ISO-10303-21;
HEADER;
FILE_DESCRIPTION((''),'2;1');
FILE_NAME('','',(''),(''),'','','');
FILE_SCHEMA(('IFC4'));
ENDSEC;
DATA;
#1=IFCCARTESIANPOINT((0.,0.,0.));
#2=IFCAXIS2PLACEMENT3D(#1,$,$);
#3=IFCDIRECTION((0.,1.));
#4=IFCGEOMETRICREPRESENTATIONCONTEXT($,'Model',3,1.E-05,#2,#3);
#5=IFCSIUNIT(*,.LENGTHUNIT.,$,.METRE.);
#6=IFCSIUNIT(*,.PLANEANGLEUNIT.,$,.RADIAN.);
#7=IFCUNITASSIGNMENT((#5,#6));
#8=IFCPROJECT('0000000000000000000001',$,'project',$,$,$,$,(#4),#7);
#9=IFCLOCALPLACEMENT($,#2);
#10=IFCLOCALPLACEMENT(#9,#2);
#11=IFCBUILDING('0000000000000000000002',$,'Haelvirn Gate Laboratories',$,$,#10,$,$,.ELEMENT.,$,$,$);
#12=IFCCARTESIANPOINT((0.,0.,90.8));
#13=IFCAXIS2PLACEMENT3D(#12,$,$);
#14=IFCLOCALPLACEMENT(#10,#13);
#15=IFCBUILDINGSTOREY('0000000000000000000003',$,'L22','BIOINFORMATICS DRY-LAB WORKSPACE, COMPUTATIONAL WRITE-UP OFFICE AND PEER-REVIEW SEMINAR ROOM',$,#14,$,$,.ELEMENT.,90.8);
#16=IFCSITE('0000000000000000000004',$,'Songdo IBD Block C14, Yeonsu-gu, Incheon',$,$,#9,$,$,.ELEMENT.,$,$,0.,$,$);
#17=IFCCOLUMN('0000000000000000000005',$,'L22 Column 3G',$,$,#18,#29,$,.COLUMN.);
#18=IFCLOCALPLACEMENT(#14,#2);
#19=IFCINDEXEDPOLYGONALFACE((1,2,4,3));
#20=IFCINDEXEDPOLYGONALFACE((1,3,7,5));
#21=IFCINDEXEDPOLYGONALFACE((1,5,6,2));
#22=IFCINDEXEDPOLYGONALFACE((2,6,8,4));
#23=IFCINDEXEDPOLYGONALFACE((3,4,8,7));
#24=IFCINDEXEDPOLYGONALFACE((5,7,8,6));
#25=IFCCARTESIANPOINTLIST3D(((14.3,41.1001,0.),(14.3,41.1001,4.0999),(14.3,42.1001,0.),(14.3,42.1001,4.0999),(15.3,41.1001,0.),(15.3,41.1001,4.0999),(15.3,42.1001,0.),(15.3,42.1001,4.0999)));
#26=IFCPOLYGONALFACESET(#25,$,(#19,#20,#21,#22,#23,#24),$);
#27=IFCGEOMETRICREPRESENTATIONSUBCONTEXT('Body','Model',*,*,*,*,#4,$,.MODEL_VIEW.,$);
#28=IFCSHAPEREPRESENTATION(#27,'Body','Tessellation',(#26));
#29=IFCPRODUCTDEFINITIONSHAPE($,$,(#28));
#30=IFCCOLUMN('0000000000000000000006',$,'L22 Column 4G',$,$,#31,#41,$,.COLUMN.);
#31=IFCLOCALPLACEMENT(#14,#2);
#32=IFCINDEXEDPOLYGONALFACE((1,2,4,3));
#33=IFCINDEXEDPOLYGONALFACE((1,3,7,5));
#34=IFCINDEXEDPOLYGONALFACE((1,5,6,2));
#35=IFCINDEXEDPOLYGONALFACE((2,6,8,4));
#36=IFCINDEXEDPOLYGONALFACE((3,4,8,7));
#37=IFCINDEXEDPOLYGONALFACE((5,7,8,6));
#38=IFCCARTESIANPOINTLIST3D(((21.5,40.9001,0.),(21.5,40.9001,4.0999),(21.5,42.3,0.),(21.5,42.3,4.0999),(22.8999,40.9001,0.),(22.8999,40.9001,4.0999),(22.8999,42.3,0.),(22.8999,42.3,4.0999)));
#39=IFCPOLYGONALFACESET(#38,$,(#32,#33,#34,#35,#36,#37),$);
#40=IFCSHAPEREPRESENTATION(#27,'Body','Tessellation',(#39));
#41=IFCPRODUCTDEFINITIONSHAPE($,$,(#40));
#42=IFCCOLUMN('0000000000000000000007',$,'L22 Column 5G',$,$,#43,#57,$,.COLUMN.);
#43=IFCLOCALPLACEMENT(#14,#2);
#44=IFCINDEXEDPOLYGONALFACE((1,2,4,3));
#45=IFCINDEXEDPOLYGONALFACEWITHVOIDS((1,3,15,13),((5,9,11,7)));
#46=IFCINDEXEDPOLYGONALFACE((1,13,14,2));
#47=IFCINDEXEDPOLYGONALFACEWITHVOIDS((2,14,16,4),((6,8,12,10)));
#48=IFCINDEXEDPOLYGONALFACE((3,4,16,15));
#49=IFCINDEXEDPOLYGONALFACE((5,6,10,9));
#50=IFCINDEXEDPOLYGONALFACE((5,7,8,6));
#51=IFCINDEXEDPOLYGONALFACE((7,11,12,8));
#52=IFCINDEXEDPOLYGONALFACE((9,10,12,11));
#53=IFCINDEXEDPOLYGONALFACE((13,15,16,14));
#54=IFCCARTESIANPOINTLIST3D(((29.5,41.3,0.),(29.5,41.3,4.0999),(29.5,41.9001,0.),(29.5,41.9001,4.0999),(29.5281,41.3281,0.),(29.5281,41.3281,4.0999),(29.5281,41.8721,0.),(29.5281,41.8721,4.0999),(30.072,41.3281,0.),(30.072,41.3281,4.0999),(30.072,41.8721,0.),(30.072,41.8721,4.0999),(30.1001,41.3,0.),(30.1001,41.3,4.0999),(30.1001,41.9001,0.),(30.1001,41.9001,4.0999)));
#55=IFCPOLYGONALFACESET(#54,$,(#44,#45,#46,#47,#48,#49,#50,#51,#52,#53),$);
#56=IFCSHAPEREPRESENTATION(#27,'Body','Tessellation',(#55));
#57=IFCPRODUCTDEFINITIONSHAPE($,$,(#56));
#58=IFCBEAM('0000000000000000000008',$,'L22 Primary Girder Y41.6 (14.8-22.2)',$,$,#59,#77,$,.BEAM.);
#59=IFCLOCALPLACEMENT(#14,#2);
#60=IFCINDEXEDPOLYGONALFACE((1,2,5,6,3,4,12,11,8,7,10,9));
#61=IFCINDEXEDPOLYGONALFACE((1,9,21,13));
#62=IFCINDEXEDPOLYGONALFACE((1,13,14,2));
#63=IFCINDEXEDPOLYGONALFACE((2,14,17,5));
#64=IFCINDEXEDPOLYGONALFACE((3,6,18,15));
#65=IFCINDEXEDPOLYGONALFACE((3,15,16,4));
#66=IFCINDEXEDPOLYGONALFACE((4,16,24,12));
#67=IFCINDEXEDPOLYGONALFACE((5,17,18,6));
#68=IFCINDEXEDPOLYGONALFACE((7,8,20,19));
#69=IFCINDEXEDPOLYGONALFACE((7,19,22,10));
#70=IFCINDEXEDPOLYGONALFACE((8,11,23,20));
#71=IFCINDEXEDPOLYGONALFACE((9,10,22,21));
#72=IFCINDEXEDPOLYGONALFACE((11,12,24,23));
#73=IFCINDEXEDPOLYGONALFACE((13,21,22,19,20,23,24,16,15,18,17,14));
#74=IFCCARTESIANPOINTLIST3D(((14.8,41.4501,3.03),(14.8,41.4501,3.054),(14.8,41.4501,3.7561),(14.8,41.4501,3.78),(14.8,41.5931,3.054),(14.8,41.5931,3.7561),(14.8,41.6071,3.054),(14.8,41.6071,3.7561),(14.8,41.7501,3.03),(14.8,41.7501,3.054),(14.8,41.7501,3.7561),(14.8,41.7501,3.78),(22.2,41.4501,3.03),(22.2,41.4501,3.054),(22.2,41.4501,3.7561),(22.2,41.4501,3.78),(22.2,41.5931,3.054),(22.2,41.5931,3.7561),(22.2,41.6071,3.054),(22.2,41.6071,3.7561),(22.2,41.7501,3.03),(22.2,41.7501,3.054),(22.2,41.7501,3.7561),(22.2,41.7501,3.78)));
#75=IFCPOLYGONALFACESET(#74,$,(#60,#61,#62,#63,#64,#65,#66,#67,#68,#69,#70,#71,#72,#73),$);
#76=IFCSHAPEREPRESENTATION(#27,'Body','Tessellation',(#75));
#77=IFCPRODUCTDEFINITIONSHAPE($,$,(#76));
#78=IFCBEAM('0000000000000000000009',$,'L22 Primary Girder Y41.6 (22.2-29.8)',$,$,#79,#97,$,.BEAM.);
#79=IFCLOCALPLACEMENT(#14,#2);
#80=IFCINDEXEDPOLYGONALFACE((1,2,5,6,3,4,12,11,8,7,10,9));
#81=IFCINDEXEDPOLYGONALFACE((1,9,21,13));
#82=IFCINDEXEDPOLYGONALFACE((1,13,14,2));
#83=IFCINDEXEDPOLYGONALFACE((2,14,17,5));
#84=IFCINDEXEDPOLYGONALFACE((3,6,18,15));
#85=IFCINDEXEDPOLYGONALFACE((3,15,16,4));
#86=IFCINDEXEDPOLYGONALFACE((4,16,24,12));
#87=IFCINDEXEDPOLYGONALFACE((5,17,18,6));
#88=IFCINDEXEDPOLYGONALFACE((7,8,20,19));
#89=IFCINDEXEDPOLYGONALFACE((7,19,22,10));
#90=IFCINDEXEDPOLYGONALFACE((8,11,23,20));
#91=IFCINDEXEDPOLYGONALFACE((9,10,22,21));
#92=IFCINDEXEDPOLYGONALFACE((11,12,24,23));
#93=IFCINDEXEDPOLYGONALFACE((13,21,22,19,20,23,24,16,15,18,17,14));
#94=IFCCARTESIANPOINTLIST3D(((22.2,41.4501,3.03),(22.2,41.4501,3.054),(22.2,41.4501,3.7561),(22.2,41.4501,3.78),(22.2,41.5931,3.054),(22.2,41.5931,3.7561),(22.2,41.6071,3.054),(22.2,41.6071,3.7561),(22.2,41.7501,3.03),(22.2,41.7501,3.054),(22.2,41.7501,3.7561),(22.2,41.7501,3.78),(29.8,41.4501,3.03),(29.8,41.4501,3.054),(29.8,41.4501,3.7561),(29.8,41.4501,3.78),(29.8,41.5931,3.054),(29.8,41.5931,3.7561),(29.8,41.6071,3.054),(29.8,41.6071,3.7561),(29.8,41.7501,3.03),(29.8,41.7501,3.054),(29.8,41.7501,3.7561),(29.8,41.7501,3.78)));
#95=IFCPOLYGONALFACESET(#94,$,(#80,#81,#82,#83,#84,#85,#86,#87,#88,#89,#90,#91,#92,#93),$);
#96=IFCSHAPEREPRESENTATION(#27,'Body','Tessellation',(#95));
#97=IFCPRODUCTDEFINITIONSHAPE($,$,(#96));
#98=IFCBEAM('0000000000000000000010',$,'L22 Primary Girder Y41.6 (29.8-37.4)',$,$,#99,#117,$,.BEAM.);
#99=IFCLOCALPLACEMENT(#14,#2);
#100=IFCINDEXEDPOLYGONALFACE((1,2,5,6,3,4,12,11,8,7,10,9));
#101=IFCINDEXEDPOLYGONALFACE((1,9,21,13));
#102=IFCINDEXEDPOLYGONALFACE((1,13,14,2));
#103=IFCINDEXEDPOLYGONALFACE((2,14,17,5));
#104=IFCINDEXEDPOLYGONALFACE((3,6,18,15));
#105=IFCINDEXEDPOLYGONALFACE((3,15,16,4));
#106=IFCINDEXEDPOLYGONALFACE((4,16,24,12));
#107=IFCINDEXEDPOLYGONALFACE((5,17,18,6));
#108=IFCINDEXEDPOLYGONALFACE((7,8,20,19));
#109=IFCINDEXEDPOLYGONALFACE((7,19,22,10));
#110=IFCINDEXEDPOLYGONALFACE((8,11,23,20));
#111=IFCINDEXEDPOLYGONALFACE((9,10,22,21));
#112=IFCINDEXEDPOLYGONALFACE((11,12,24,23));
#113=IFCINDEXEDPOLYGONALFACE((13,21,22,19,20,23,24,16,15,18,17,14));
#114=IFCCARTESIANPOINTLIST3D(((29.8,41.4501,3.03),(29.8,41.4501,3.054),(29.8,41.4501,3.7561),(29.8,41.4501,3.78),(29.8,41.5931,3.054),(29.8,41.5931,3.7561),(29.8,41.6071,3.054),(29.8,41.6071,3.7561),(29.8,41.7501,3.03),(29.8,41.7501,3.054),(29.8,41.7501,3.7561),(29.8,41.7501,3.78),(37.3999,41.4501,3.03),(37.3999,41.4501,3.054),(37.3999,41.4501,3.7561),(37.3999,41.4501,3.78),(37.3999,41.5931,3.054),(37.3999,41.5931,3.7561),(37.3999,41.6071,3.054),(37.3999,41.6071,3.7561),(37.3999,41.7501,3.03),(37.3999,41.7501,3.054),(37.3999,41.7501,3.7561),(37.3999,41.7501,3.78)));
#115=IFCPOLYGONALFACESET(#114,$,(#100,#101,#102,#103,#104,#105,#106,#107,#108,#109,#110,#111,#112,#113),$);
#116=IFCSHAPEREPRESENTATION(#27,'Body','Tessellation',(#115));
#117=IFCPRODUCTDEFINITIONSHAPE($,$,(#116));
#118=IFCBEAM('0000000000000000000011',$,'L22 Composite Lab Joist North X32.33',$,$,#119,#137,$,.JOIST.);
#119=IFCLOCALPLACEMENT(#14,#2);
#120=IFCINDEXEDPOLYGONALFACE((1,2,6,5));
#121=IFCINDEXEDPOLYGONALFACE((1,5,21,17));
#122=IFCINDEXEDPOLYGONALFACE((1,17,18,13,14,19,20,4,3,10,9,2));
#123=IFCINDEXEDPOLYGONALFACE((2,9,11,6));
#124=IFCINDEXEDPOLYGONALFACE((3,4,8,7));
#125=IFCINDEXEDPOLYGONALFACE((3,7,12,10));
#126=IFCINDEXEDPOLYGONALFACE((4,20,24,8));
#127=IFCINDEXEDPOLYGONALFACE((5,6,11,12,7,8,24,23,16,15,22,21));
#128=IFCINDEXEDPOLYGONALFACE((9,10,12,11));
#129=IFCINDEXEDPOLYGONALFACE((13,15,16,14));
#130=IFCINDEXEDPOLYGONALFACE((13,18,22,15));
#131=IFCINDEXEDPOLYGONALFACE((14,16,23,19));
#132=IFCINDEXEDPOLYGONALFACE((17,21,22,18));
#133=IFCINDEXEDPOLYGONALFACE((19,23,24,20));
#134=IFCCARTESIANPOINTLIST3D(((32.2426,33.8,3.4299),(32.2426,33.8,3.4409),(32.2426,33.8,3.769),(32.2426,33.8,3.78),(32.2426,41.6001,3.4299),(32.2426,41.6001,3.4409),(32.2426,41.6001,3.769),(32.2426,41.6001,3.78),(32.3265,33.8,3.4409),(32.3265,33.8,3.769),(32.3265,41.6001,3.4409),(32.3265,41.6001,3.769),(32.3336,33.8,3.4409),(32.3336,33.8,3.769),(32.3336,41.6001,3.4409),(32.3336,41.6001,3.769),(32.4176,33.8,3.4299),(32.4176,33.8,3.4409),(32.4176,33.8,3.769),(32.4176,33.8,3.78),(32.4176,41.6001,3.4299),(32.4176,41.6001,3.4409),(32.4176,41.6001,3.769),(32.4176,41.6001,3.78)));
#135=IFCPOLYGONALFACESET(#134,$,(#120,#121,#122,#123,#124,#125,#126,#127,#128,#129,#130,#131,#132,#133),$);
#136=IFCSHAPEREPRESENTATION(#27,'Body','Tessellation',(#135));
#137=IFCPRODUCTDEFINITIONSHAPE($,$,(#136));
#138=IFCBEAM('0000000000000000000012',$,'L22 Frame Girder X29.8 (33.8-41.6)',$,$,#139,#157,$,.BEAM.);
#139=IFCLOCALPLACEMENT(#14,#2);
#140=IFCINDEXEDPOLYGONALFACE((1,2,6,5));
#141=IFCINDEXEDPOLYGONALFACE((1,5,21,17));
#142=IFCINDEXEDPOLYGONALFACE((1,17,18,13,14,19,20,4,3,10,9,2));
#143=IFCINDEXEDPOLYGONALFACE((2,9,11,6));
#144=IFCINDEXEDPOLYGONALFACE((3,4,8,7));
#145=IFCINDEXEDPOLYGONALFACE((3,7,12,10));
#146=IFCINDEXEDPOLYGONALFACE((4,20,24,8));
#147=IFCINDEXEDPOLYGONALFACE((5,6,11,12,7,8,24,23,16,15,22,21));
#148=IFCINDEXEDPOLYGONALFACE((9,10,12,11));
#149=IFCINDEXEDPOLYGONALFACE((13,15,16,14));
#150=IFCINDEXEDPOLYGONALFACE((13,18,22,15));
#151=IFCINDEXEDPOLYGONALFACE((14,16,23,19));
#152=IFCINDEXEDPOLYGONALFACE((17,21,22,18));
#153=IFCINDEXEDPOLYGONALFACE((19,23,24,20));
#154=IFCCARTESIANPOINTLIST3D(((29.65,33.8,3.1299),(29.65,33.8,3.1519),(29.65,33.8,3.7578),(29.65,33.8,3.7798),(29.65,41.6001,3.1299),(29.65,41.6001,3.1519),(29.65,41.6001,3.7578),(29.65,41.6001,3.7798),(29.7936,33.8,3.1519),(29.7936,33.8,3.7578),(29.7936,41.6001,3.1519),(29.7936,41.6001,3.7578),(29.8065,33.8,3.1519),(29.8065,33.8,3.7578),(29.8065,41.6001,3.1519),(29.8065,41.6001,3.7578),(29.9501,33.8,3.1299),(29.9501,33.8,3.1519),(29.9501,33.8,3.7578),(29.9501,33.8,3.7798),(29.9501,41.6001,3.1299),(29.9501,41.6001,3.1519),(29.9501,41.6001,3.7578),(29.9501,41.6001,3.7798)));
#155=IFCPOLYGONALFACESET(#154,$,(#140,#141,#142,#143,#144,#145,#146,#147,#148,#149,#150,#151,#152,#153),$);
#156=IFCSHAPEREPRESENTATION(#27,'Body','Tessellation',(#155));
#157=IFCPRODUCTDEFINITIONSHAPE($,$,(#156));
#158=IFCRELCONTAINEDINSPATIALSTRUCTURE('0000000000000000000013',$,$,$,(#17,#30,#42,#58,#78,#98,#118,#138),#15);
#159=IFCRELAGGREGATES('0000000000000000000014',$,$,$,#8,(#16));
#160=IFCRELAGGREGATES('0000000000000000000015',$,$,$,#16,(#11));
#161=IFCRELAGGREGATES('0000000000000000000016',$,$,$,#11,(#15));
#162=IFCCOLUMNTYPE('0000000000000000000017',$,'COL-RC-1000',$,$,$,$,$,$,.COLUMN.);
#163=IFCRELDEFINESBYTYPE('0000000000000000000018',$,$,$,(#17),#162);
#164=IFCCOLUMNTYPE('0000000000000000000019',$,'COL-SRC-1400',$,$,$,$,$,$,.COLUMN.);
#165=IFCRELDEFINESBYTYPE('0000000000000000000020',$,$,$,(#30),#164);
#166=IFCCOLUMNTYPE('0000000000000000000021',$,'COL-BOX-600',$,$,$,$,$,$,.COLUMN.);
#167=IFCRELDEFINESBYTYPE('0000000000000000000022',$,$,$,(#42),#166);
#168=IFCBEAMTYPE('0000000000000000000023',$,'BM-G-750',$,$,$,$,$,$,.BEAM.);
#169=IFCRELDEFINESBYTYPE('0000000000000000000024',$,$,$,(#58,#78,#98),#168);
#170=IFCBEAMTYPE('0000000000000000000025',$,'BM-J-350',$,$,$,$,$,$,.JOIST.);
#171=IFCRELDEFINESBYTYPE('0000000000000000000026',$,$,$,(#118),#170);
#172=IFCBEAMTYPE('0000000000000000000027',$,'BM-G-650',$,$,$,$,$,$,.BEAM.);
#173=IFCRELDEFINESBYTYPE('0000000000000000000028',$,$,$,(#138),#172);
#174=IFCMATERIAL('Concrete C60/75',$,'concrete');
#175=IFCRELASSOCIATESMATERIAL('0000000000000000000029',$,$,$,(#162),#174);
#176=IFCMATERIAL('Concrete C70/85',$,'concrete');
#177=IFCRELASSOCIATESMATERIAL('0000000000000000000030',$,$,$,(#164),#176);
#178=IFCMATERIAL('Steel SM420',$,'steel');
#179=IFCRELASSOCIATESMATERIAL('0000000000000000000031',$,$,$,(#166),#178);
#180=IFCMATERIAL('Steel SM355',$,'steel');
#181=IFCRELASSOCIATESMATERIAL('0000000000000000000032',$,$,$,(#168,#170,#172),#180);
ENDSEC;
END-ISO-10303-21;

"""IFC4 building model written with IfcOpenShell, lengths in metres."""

from ifc_helpers import new_model, si_unit, direction, frame, origin, origin_2d, place, context, subcontext, project, spatial, rectangle, hollow_rectangle, i_section, extrude, source, transform, mapped, material, material_profile, profile_set, type_object, type_shapes, element, save


model = new_model("IFC4")

# Units and contexts
model_context = context("Model", 3, precision=1e-05, world=origin(), true_north=direction((0.0, 1.0)))
body_context = subcontext(model_context, "Body", "Model", "MODEL_VIEW")
ifc_project = project(units=[si_unit("LENGTHUNIT", "METRE"), si_unit("PLANEANGLEUNIT", "RADIAN")], contexts=[model_context])

# Site, building, storey
site_placement = place(None, origin())
site = spatial("IfcSite", under=ifc_project, at=site_placement, Name="Songdo IBD Block C14, Yeonsu-gu, Incheon", CompositionType="ELEMENT", RefElevation=0.0)
building_placement = place(site_placement, origin())
building = spatial("IfcBuilding", under=site, at=building_placement, Name="Haelvirn Gate Laboratories", CompositionType="ELEMENT")
storey_placement = place(building_placement, frame((0.0, 0.0, 90.8)))
storey = spatial("IfcBuildingStorey", under=building, at=storey_placement, Name="L22", Description="BIOINFORMATICS DRY-LAB WORKSPACE, COMPUTATIONAL WRITE-UP OFFICE AND PEER-REVIEW SEMINAR ROOM", CompositionType="ELEMENT", Elevation=90.8)

# Columns
ifc_material_1 = material(Name="Concrete C60/75", Category="concrete")
ifc_material_profile_1 = material_profile(ifc_material_1, rectangle(XDim=1.0, YDim=1.0, at=origin_2d()), Name="RC-1000x1000")
ifc_profile_set_1 = profile_set([ifc_material_profile_1], Name="Concrete C60/75")
column_type_1 = type_object("IfcColumnType", Name="COL-RC-1000", PredefinedType="COLUMN", material=ifc_profile_set_1)
shared_shape_1 = source(origin(), body_context, "Body", "SweptSolid", [
    extrude(rectangle(XDim=1.0, YDim=1.0, at=origin_2d()), origin(), (0.0, 0.0, 1.0), 4.0999),
])
type_shapes(column_type_1, [shared_shape_1])
column_1_placement = place(storey_placement, frame((14.8, 41.6001, 0.0), z_axis=(0.0, 0.0, 1.0), x_axis=(1.0, 0.0, 0.0)))
element("IfcColumn", 1, at=column_1_placement, inside=storey, type_object=column_type_1, Name="L22 Column 3G", PredefinedType="COLUMN", context=body_context, shape_type="MappedRepresentation", body=[
    mapped(shared_shape_1, transform((0.0, 0.0, 0.0), scale=1.0)),
])
ifc_material_2 = material(Name="Concrete C70/85", Category="concrete")
ifc_material_profile_2 = material_profile(ifc_material_2, rectangle(XDim=1.3999, YDim=1.3999, at=origin_2d()), Name="SRC-1400x1400")
ifc_profile_set_2 = profile_set([ifc_material_profile_2], Name="Concrete C70/85")
column_type_2 = type_object("IfcColumnType", Name="COL-SRC-1400", PredefinedType="COLUMN", material=ifc_profile_set_2)
shared_shape_2 = source(origin(), body_context, "Body", "SweptSolid", [
    extrude(rectangle(XDim=1.3999, YDim=1.3999, at=origin_2d()), origin(), (0.0, 0.0, 1.0), 4.0999),
])
type_shapes(column_type_2, [shared_shape_2])
column_2_placement = place(storey_placement, frame((22.2, 41.6001, 0.0), z_axis=(0.0, 0.0, 1.0), x_axis=(1.0, 0.0, 0.0)))
element("IfcColumn", 2, at=column_2_placement, inside=storey, type_object=column_type_2, Name="L22 Column 4G", PredefinedType="COLUMN", context=body_context, shape_type="MappedRepresentation", body=[
    mapped(shared_shape_2, transform((0.0, 0.0, 0.0), scale=1.0)),
])
ifc_material_3 = material(Name="Steel SM420", Category="steel")
ifc_material_profile_3 = material_profile(ifc_material_3, hollow_rectangle(XDim=0.6001, YDim=0.6001, WallThickness=0.0281, at=origin_2d()), Name="BOX-600x600x28")
ifc_profile_set_3 = profile_set([ifc_material_profile_3], Name="Steel SM420")
column_type_3 = type_object("IfcColumnType", Name="COL-BOX-600", PredefinedType="COLUMN", material=ifc_profile_set_3)
shared_shape_3 = source(origin(), body_context, "Body", "SweptSolid", [
    extrude(hollow_rectangle(XDim=0.6001, YDim=0.6001, WallThickness=0.0281, at=origin_2d()), origin(), (0.0, 0.0, 1.0), 4.0999),
])
type_shapes(column_type_3, [shared_shape_3])
column_3_placement = place(storey_placement, frame((29.8, 41.6001, 0.0), z_axis=(0.0, 0.0, 1.0), x_axis=(1.0, 0.0, 0.0)))
element("IfcColumn", 3, at=column_3_placement, inside=storey, type_object=column_type_3, Name="L22 Column 5G", PredefinedType="COLUMN", context=body_context, shape_type="MappedRepresentation", body=[
    mapped(shared_shape_3, transform((0.0, 0.0, 0.0), scale=1.0)),
])

# Beams
ifc_material_4 = material(Name="Steel SM355", Category="steel")
ifc_material_profile_4 = material_profile(ifc_material_4, i_section(OverallWidth=0.3, OverallDepth=0.75, WebThickness=0.0139, FlangeThickness=0.0239, at=origin_2d()), Name="H-750x300x14x24")
ifc_profile_set_4 = profile_set([ifc_material_profile_4], Name="Steel SM355")
beam_type_1 = type_object("IfcBeamType", Name="BM-G-750", PredefinedType="BEAM", material=ifc_profile_set_4)
shared_shape_4 = source(origin(), body_context, "Body", "SweptSolid", [
    extrude(i_section(OverallWidth=0.3, OverallDepth=0.75, WebThickness=0.0139, FlangeThickness=0.0239, at=origin_2d()), origin(), (0.0, 0.0, 1.0), 7.3999),
])
beam_1_placement = place(storey_placement, frame((14.8, 41.6001, 3.405), z_axis=(1.0, 0.0, 0.0), x_axis=(0.0, 1.0, 0.0)))
element("IfcBeam", 4, at=beam_1_placement, inside=storey, type_object=beam_type_1, Name="L22 Primary Girder Y41.6 (14.8-22.2)", PredefinedType="BEAM", context=body_context, shape_type="MappedRepresentation", body=[
    mapped(shared_shape_4, transform((0.0, 0.0, 0.0), scale=1.0)),
])
shared_shape_5 = source(origin(), body_context, "Body", "SweptSolid", [
    extrude(i_section(OverallWidth=0.3, OverallDepth=0.75, WebThickness=0.0139, FlangeThickness=0.0239, at=origin_2d()), origin(), (0.0, 0.0, 1.0), 7.6001),
])
beam_2_placement = place(storey_placement, frame((22.2, 41.6001, 3.405), z_axis=(1.0, 0.0, 0.0), x_axis=(0.0, 1.0, 0.0)))
element("IfcBeam", 5, at=beam_2_placement, inside=storey, type_object=beam_type_1, Name="L22 Primary Girder Y41.6 (22.2-29.8)", PredefinedType="BEAM", context=body_context, shape_type="MappedRepresentation", body=[
    mapped(shared_shape_5, transform((0.0, 0.0, 0.0), scale=1.0)),
])
shared_shape_6 = source(origin(), body_context, "Body", "SweptSolid", [
    extrude(i_section(OverallWidth=0.3, OverallDepth=0.75, WebThickness=0.0139, FlangeThickness=0.0239, at=origin_2d()), origin(), (0.0, 0.0, 1.0), 7.5999),
])
type_shapes(beam_type_1, [shared_shape_4, shared_shape_5, shared_shape_6])
beam_3_placement = place(storey_placement, frame((29.8, 41.6001, 3.405), z_axis=(1.0, 0.0, 0.0), x_axis=(0.0, 1.0, 0.0)))
element("IfcBeam", 6, at=beam_3_placement, inside=storey, type_object=beam_type_1, Name="L22 Primary Girder Y41.6 (29.8-37.4)", PredefinedType="BEAM", context=body_context, shape_type="MappedRepresentation", body=[
    mapped(shared_shape_6, transform((0.0, 0.0, 0.0), scale=1.0)),
])
ifc_material_profile_5 = material_profile(ifc_material_4, i_section(OverallWidth=0.175, OverallDepth=0.3501, WebThickness=0.0071, FlangeThickness=0.011, at=origin_2d()), Name="H-350x175x7x11")
ifc_profile_set_5 = profile_set([ifc_material_profile_5], Name="Steel SM355")
beam_type_2 = type_object("IfcBeamType", Name="BM-J-350", PredefinedType="JOIST", material=ifc_profile_set_5)
shared_shape_7 = source(origin(), body_context, "Body", "SweptSolid", [
    extrude(i_section(OverallWidth=0.175, OverallDepth=0.3501, WebThickness=0.0071, FlangeThickness=0.011, at=origin_2d()), origin(), (0.0, 0.0, 1.0), 7.8),
])
type_shapes(beam_type_2, [shared_shape_7])
beam_4_placement = place(storey_placement, frame((32.3301, 33.8, 3.605), z_axis=(0.0, 1.0, 0.0), x_axis=(-1.0, 0.0, 0.0)))
element("IfcBeam", 7, at=beam_4_placement, inside=storey, type_object=beam_type_2, Name="L22 Composite Lab Joist North X32.33", PredefinedType="JOIST", context=body_context, shape_type="MappedRepresentation", body=[
    mapped(shared_shape_7, transform((0.0, 0.0, 0.0), scale=1.0)),
])
ifc_material_profile_6 = material_profile(ifc_material_4, i_section(OverallWidth=0.3, OverallDepth=0.6499, WebThickness=0.0129, FlangeThickness=0.022, at=origin_2d()), Name="H-650x300x13x22")
ifc_profile_set_6 = profile_set([ifc_material_profile_6], Name="Steel SM355")
beam_type_3 = type_object("IfcBeamType", Name="BM-G-650", PredefinedType="BEAM", material=ifc_profile_set_6)
shared_shape_8 = source(origin(), body_context, "Body", "SweptSolid", [
    extrude(i_section(OverallWidth=0.3, OverallDepth=0.6499, WebThickness=0.0129, FlangeThickness=0.022, at=origin_2d()), origin(), (0.0, 0.0, 1.0), 7.8),
])
type_shapes(beam_type_3, [shared_shape_8])
beam_5_placement = place(storey_placement, frame((29.8, 33.8, 3.4548), z_axis=(0.0, 1.0, 0.0), x_axis=(-1.0, 0.0, 0.0)))
element("IfcBeam", 8, at=beam_5_placement, inside=storey, type_object=beam_type_3, Name="L22 Frame Girder X29.8 (33.8-41.6)", PredefinedType="BEAM", context=body_context, shape_type="MappedRepresentation", body=[
    mapped(shared_shape_8, transform((0.0, 0.0, 0.0), scale=1.0)),
])

save(model, "model.ifc")
